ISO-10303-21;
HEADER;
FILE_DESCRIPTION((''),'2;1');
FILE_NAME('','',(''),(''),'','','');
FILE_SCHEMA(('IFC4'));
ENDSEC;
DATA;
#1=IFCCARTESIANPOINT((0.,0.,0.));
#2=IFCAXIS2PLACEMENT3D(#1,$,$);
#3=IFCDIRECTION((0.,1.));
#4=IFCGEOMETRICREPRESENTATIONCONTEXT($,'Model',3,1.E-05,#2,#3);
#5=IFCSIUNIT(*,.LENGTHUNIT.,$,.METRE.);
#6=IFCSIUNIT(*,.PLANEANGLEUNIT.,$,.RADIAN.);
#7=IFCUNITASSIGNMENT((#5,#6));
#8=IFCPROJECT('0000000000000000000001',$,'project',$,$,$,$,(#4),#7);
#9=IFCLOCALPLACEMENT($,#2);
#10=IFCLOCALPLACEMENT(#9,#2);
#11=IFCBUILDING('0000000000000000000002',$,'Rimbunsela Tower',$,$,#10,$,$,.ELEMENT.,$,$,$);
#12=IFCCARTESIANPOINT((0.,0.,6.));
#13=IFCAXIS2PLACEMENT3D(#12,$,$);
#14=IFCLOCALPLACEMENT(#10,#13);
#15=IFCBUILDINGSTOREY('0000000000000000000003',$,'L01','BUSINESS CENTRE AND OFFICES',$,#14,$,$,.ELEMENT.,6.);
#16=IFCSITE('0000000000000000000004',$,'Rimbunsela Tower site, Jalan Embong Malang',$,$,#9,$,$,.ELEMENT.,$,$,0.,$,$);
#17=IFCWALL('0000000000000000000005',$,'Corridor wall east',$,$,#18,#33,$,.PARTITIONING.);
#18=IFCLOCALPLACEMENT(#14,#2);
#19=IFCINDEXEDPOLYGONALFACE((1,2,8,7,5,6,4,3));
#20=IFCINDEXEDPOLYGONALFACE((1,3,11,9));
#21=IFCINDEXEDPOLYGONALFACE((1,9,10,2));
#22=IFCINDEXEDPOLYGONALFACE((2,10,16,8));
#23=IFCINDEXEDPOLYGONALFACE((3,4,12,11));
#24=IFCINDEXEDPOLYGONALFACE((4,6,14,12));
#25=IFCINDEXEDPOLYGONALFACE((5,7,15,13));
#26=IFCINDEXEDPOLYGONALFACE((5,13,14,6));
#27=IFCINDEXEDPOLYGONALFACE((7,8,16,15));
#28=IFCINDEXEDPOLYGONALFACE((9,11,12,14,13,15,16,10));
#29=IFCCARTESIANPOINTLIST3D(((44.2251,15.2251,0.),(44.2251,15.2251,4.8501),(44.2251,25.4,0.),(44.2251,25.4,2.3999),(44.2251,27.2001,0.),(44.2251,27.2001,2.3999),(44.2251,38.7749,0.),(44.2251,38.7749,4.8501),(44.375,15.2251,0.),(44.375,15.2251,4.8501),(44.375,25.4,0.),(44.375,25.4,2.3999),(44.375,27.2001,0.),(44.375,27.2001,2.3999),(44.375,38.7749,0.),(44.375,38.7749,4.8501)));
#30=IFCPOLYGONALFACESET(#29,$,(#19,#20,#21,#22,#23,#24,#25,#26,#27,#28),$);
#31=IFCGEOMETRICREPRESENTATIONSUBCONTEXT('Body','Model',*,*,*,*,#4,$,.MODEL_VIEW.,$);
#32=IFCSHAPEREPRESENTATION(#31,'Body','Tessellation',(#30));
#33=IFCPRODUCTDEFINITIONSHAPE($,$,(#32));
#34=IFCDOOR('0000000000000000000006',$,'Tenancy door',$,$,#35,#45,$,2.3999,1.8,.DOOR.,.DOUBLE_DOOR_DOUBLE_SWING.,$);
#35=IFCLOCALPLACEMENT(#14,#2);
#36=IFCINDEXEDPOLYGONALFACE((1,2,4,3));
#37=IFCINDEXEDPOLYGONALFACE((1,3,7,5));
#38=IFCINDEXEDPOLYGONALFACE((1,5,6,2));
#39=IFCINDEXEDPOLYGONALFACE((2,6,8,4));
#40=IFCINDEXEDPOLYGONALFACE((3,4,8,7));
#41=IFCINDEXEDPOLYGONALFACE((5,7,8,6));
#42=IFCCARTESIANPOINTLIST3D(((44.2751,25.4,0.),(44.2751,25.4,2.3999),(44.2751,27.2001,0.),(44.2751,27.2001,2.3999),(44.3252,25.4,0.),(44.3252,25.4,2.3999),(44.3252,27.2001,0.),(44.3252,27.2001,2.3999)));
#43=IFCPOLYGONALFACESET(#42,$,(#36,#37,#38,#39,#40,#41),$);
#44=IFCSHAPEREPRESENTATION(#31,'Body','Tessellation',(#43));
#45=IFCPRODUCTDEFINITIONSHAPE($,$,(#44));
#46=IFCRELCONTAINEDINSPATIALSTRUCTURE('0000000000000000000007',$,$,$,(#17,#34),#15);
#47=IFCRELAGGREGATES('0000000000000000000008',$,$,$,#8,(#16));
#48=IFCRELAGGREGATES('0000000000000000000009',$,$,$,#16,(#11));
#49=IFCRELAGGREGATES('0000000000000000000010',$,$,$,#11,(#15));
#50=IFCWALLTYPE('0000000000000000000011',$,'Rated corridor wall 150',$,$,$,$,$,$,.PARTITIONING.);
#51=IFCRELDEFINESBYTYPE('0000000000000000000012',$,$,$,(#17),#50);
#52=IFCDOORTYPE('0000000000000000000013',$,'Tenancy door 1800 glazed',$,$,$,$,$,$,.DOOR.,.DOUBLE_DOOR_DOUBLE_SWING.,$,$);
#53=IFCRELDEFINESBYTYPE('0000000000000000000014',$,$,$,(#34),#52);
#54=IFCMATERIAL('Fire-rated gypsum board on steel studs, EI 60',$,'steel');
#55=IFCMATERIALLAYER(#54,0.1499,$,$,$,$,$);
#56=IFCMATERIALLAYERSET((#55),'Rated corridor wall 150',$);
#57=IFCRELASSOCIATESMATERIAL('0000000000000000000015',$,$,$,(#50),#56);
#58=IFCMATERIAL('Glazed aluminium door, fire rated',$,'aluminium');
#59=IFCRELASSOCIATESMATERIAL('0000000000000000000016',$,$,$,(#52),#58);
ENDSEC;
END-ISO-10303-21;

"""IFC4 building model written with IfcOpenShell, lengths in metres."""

from ifc_helpers import new_model, si_unit, direction, frame, frame_2d, origin, place, context, subcontext, project, spatial, rectangle, extrude, material, layer, layer_set, type_object, element, fill, save


model = new_model("IFC4")

# Units and contexts
model_context = context("Model", 3, precision=1e-05, world=origin(), true_north=direction((0.0, 1.0)))
body_context = subcontext(model_context, "Body", "Model", "MODEL_VIEW")
ifc_project = project(units=[si_unit("LENGTHUNIT", "METRE"), si_unit("PLANEANGLEUNIT", "RADIAN")], contexts=[model_context])

# Site, building, storey
site_placement = place(None, origin())
site = spatial("IfcSite", under=ifc_project, at=site_placement, Name="Rimbunsela Tower site, Jalan Embong Malang", CompositionType="ELEMENT", RefElevation=0.0)
building_placement = place(site_placement, origin())
building = spatial("IfcBuilding", under=site, at=building_placement, Name="Rimbunsela Tower", CompositionType="ELEMENT")
storey_placement = place(building_placement, frame((0.0, 0.0, 6.0)))
storey = spatial("IfcBuildingStorey", under=building, at=storey_placement, Name="L01", Description="BUSINESS CENTRE AND OFFICES", CompositionType="ELEMENT", Elevation=6.0)

# Wall, opening, door
ifc_material_1 = material(Name="Fire-rated gypsum board on steel studs, EI 60", Category="steel")
ifc_layer_1 = layer(ifc_material_1, 0.1499)
ifc_layer_set_1 = layer_set([ifc_layer_1], Name="Rated corridor wall 150")
wall_type = type_object("IfcWallType", Name="Rated corridor wall 150", PredefinedType="PARTITIONING", material=ifc_layer_set_1)
wall_placement = place(storey_placement, frame((44.3, 15.2251, 0.0), z_axis=(0.0, 0.0, 1.0), x_axis=(0.0, 1.0, 0.0)))
wall = element("IfcWall", 1, at=wall_placement, inside=storey, type_object=wall_type, Name="Corridor wall east", PredefinedType="PARTITIONING", context=body_context, shape_type="SweptSolid", body=[
    extrude(rectangle(XDim=23.5498, YDim=0.1499, at=frame_2d((11.7749, 0.0))), origin(), (0.0, 0.0, 1.0), 4.8501),
])
opening_placement = place(wall_placement, frame((10.175, 0.0, 0.0)))
opening = element("IfcOpeningElement", 2, at=opening_placement, cuts=wall, PredefinedType="OPENING", context=body_context, shape_type="SweptSolid", body=[
    extrude(rectangle(XDim=1.8, YDim=2.3999, at=frame_2d((0.8999, 1.2))), frame((0.0, 0.085, 0.0), z_axis=(0.0, -1.0, 0.0), x_axis=(1.0, 0.0, 0.0)), (0.0, 0.0, 1.0), 0.1699),
])
ifc_material_2 = material(Name="Glazed aluminium door, fire rated", Category="aluminium")
door_type = type_object("IfcDoorType", Name="Tenancy door 1800 glazed", OperationType="DOUBLE_DOOR_DOUBLE_SWING", PredefinedType="DOOR", material=ifc_material_2)
door_placement = place(opening_placement, origin())
door = element("IfcDoor", 3, at=door_placement, inside=storey, type_object=door_type, Name="Tenancy door", OperationType="DOUBLE_DOOR_DOUBLE_SWING", OverallHeight=2.3999, OverallWidth=1.8, PredefinedType="DOOR", context=body_context, shape_type="SweptSolid", body=[
    extrude(rectangle(XDim=1.8, YDim=2.3999, at=frame_2d((0.8999, 1.2))), frame((0.0, 0.0249, 0.0), z_axis=(0.0, -1.0, 0.0), x_axis=(1.0, 0.0, 0.0)), (0.0, 0.0, 1.0), 0.05),
])
fill(opening, door)

save(model, "model.ifc")
